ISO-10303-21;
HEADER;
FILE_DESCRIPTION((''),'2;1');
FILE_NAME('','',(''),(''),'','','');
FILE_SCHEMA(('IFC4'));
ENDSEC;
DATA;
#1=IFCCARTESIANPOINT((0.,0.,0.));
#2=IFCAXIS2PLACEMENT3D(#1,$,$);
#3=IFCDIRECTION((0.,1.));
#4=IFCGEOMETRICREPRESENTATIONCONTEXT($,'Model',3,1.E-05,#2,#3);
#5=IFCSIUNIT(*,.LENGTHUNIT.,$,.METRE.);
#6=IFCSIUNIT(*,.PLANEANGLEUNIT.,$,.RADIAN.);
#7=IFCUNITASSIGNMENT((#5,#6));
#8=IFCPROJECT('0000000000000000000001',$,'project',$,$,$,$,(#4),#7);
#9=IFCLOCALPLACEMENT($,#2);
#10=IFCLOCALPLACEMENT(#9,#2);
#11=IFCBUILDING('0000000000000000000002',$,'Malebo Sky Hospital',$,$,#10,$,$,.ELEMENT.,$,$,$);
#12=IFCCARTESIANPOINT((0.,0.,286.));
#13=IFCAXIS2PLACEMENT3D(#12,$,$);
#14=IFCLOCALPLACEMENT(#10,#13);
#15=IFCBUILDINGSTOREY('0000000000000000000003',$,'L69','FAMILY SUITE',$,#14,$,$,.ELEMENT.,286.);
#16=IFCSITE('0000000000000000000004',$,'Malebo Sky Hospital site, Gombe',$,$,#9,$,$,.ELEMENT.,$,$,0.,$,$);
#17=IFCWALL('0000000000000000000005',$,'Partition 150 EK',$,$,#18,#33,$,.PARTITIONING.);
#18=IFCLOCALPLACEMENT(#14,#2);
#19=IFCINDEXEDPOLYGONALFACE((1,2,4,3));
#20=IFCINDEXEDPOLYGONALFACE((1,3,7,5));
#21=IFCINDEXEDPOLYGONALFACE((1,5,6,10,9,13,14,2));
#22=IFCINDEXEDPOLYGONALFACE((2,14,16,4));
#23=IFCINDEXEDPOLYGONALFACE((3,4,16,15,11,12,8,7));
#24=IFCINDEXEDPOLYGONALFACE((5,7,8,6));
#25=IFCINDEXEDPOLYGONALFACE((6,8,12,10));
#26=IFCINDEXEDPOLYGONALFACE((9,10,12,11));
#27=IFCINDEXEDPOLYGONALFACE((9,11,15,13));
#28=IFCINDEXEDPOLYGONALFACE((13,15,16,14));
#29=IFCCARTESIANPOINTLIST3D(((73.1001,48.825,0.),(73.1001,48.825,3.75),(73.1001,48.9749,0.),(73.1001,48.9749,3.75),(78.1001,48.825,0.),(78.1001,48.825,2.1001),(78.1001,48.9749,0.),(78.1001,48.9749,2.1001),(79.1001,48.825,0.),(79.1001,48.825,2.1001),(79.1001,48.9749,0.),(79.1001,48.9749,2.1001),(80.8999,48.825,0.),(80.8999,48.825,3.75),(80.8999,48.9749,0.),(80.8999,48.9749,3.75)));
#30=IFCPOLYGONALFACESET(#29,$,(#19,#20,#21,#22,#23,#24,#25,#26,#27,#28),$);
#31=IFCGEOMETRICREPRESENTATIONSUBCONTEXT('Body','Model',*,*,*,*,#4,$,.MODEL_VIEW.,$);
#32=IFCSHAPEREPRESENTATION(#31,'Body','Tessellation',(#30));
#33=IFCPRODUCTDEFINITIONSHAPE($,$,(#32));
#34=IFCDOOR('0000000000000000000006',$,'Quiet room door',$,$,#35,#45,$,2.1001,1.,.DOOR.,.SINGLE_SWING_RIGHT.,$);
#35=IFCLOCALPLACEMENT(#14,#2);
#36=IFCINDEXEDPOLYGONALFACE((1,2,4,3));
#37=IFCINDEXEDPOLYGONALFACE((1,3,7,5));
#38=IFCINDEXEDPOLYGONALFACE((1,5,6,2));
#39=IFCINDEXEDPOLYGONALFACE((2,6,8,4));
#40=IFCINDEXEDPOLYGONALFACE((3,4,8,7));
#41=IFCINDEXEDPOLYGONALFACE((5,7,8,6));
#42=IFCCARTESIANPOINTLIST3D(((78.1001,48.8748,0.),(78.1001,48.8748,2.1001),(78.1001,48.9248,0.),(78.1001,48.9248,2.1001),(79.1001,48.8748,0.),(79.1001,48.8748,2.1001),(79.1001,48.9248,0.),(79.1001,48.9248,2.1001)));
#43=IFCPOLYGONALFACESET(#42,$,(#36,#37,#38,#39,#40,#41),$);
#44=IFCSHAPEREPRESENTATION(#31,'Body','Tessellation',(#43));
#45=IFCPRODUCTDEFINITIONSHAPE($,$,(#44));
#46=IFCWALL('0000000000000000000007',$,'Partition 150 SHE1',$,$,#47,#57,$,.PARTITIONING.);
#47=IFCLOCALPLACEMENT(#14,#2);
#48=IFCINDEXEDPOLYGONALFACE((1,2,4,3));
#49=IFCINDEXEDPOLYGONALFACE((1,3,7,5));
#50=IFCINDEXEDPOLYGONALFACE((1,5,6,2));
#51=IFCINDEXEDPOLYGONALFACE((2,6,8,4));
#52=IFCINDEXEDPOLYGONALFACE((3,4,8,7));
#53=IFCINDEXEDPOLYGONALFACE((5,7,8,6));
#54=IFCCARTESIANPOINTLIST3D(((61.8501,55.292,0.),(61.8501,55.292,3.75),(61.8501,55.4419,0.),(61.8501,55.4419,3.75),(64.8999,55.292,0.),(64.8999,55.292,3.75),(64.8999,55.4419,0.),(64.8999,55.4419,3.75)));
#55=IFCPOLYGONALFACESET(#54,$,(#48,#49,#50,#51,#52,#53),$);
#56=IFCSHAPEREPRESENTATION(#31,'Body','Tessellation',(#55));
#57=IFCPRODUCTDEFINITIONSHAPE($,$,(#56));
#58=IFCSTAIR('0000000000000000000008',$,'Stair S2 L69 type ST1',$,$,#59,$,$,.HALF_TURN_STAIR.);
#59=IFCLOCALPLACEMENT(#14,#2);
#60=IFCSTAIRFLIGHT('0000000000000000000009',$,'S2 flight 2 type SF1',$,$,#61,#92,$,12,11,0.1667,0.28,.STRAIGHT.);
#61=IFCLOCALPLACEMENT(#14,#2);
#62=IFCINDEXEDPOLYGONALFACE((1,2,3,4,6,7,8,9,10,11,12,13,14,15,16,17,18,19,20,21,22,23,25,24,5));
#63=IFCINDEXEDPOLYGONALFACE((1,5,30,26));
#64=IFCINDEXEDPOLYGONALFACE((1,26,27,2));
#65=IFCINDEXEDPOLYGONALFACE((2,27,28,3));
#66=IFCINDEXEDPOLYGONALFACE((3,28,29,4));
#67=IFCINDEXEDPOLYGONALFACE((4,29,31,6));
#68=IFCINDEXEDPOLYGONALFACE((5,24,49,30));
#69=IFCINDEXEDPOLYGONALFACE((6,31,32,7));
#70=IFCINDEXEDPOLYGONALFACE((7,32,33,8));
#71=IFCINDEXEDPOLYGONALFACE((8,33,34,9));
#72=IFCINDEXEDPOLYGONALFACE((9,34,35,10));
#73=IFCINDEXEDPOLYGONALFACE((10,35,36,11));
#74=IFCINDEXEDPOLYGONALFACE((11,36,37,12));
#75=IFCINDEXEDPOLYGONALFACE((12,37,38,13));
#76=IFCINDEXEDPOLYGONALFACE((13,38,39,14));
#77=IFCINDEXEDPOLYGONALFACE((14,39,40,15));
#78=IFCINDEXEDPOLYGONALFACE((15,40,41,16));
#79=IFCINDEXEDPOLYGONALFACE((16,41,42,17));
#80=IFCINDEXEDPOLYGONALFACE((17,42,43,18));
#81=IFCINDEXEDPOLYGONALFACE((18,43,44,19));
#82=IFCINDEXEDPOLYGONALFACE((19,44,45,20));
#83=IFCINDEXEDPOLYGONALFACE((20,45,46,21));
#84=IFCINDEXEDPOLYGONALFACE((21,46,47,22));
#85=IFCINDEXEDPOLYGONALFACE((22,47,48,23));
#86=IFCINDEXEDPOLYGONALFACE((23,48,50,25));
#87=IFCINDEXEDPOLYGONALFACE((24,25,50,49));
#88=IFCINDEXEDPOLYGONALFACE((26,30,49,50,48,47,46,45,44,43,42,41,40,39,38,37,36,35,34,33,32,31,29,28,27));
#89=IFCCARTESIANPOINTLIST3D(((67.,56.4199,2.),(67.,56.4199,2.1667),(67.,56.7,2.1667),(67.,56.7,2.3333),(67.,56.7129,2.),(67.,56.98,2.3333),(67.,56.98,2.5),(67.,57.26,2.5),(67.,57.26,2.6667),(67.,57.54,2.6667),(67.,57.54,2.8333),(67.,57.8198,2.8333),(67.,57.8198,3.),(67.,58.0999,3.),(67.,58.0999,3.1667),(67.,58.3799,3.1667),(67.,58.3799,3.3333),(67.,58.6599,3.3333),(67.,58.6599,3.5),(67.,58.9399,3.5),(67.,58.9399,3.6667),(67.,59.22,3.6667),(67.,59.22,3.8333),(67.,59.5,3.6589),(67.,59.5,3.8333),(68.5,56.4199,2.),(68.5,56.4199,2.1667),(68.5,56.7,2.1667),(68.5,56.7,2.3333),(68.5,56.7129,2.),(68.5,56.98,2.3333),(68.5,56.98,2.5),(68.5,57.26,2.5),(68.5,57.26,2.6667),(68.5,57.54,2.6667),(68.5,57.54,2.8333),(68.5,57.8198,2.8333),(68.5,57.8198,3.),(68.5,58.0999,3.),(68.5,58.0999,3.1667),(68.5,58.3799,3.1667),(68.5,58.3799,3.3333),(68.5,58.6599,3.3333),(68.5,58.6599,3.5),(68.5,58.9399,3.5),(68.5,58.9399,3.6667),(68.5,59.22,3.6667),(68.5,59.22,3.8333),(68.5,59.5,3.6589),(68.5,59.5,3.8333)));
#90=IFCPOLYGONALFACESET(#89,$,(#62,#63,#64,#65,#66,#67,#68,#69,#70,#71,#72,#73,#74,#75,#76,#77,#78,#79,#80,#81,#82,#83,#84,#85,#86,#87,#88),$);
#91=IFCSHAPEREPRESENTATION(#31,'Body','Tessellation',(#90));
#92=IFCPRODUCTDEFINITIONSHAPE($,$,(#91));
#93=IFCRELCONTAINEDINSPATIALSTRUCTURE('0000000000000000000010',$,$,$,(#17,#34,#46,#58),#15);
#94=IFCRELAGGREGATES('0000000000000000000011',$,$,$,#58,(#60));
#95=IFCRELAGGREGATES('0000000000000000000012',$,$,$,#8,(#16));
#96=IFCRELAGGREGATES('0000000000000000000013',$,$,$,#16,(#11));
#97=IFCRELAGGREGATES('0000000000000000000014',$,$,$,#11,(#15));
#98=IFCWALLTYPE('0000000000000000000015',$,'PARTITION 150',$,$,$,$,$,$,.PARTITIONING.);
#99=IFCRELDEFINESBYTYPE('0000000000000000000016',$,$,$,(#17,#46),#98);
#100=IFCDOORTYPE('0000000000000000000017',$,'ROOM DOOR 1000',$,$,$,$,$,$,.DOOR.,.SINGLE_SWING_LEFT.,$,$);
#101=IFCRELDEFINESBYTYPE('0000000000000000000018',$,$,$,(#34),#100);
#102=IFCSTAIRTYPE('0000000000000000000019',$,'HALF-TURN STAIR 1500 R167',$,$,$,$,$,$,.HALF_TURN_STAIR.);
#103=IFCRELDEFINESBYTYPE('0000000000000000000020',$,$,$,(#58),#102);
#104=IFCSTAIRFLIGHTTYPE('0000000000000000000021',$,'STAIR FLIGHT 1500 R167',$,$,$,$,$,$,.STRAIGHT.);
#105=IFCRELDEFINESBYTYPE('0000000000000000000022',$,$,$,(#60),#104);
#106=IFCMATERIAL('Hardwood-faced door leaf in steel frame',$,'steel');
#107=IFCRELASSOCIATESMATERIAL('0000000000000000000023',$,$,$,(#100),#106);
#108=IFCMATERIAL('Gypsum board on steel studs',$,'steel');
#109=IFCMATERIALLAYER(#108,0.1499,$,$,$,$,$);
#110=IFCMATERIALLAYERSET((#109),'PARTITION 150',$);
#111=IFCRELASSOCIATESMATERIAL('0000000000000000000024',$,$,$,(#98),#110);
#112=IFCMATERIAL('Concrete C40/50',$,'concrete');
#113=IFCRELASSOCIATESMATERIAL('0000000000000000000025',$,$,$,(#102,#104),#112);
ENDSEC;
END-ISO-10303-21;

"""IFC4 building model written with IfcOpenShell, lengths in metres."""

from ifc_helpers import new_model, si_unit, direction, frame, frame_2d, origin, place, context, subcontext, project, spatial, polyline, rectangle, outline, extrude, material, layer, layer_set, type_object, element, fill, aggregate, save


model = new_model("IFC4")

# Units and contexts
model_context = context("Model", 3, precision=1e-05, world=origin(), true_north=direction((0.0, 1.0)))
body_context = subcontext(model_context, "Body", "Model", "MODEL_VIEW")
ifc_project = project(units=[si_unit("LENGTHUNIT", "METRE"), si_unit("PLANEANGLEUNIT", "RADIAN")], contexts=[model_context])

# Site, building, storey
site_placement = place(None, origin())
site = spatial("IfcSite", under=ifc_project, at=site_placement, Name="Malebo Sky Hospital site, Gombe", CompositionType="ELEMENT", RefElevation=0.0)
building_placement = place(site_placement, origin())
building = spatial("IfcBuilding", under=site, at=building_placement, Name="Malebo Sky Hospital", CompositionType="ELEMENT")
storey_placement = place(building_placement, frame((0.0, 0.0, 286.0)))
storey = spatial("IfcBuildingStorey", under=building, at=storey_placement, Name="L69", Description="FAMILY SUITE", CompositionType="ELEMENT", Elevation=286.0)

# Shared definitions
ifc_material_1 = material(Name="Gypsum board on steel studs", Category="steel")
ifc_material_2 = material(Name="Hardwood-faced door leaf in steel frame", Category="steel")
door_type_1 = type_object("IfcDoorType", Name="ROOM DOOR 1000", OperationType="SINGLE_SWING_LEFT", PredefinedType="DOOR", material=ifc_material_2)

# Shared definitions
ifc_layer_1 = layer(ifc_material_1, 0.1499)
ifc_layer_set_1 = layer_set([ifc_layer_1], Name="PARTITION 150")
wall_type_1 = type_object("IfcWallType", Name="PARTITION 150", PredefinedType="PARTITIONING", material=ifc_layer_set_1)

# Wall, opening, door
wall_1_placement = place(storey_placement, frame((73.1001, 48.8999, 0.0), z_axis=(0.0, 0.0, 1.0), x_axis=(1.0, 0.0, 0.0)))
wall_1 = element("IfcWall", 1, at=wall_1_placement, inside=storey, type_object=wall_type_1, Name="Partition 150 EK", PredefinedType="PARTITIONING", context=body_context, shape_type="SweptSolid", body=[
    extrude(rectangle(XDim=7.7998, YDim=0.1499, at=frame_2d((3.8999, 0.0))), origin(), (0.0, 0.0, 1.0), 3.75),
])
opening_1_placement = place(wall_1_placement, frame((5.0, 0.0, 0.0)))
opening_1 = element("IfcOpeningElement", 2, at=opening_1_placement, cuts=wall_1, PredefinedType="OPENING", context=body_context, shape_type="SweptSolid", body=[
    extrude(rectangle(XDim=1.0, YDim=2.1001, at=frame_2d((0.5, 1.05))), frame((0.0, 0.085, 0.0), z_axis=(0.0, -1.0, 0.0), x_axis=(1.0, 0.0, 0.0)), (0.0, 0.0, 1.0), 0.1699),
])
door_1_placement = place(opening_1_placement, origin())
door_1 = element("IfcDoor", 3, at=door_1_placement, inside=storey, type_object=door_type_1, Name="Quiet room door", OperationType="SINGLE_SWING_RIGHT", OverallHeight=2.1001, OverallWidth=1.0, PredefinedType="DOOR", context=body_context, shape_type="SweptSolid", body=[
    extrude(rectangle(XDim=1.0, YDim=2.1001, at=frame_2d((0.5, 1.05))), frame((0.0, 0.0249, 0.0), z_axis=(0.0, -1.0, 0.0), x_axis=(1.0, 0.0, 0.0)), (0.0, 0.0, 1.0), 0.05),
])
fill(opening_1, door_1)

# Wall
wall_2_placement = place(storey_placement, frame((61.8501, 55.3669, 0.0), z_axis=(0.0, 0.0, 1.0), x_axis=(1.0, 0.0, 0.0)))
element("IfcWall", 4, at=wall_2_placement, inside=storey, type_object=wall_type_1, Name="Partition 150 SHE1", PredefinedType="PARTITIONING", context=body_context, shape_type="SweptSolid", body=[
    extrude(rectangle(XDim=3.0498, YDim=0.1499, at=frame_2d((1.5249, 0.0))), origin(), (0.0, 0.0, 1.0), 3.75),
])

# Stair, stair flight
ifc_material_3 = material(Name="Concrete C40/50", Category="concrete")
stair_type = type_object("IfcStairType", Name="HALF-TURN STAIR 1500 R167", PredefinedType="HALF_TURN_STAIR", material=ifc_material_3)
stair_placement = place(storey_placement, origin())
stair = element("IfcStair", 5, at=stair_placement, inside=storey, type_object=stair_type, Name="Stair S2 L69 type ST1", PredefinedType="HALF_TURN_STAIR")
stair_flight_type = type_object("IfcStairFlightType", Name="STAIR FLIGHT 1500 R167", PredefinedType="STRAIGHT", material=ifc_material_3)
stair_flight_placement = place(storey_placement, frame((67.75, 56.4199, 2.0), z_axis=(0.0, 0.0, 1.0), x_axis=(0.0, 1.0, 0.0)))
stair_flight = element("IfcStairFlight", 6, at=stair_flight_placement, type_object=stair_flight_type, Name="S2 flight 2 type SF1", NumberOfRisers=12, NumberOfTreads=11, PredefinedType="STRAIGHT", RiserHeight=0.1667, TreadLength=0.28, context=body_context, shape_type="SweptSolid", body=[
    extrude(outline(polyline([(0.0, 0.0), (0.0, 0.1667), (0.28, 0.1667), (0.28, 0.3333), (0.5601, 0.3333), (0.5601, 0.5), (0.8401, 0.5), (0.8401, 0.6667), (1.1201, 0.6667), (1.1201, 0.8333), (1.3999, 0.8333), (1.3999, 1.0), (1.6799, 1.0), (1.6799, 1.1667), (1.96, 1.1667), (1.96, 1.3333), (2.24, 1.3333), (2.24, 1.5), (2.52, 1.5), (2.52, 1.6667), (2.8, 1.6667), (2.8, 1.8333), (3.0801, 1.8333), (3.0801, 2.0), (3.0801, 1.6589), (0.293, 0.0), (0.0, 0.0)])), frame((0.0, 0.75, 0.0), z_axis=(0.0, -1.0, 0.0), x_axis=(1.0, 0.0, 0.0)), (0.0, 0.0, 1.0), 1.5),
])
aggregate(stair, [stair_flight])

save(model, "model.ifc")
